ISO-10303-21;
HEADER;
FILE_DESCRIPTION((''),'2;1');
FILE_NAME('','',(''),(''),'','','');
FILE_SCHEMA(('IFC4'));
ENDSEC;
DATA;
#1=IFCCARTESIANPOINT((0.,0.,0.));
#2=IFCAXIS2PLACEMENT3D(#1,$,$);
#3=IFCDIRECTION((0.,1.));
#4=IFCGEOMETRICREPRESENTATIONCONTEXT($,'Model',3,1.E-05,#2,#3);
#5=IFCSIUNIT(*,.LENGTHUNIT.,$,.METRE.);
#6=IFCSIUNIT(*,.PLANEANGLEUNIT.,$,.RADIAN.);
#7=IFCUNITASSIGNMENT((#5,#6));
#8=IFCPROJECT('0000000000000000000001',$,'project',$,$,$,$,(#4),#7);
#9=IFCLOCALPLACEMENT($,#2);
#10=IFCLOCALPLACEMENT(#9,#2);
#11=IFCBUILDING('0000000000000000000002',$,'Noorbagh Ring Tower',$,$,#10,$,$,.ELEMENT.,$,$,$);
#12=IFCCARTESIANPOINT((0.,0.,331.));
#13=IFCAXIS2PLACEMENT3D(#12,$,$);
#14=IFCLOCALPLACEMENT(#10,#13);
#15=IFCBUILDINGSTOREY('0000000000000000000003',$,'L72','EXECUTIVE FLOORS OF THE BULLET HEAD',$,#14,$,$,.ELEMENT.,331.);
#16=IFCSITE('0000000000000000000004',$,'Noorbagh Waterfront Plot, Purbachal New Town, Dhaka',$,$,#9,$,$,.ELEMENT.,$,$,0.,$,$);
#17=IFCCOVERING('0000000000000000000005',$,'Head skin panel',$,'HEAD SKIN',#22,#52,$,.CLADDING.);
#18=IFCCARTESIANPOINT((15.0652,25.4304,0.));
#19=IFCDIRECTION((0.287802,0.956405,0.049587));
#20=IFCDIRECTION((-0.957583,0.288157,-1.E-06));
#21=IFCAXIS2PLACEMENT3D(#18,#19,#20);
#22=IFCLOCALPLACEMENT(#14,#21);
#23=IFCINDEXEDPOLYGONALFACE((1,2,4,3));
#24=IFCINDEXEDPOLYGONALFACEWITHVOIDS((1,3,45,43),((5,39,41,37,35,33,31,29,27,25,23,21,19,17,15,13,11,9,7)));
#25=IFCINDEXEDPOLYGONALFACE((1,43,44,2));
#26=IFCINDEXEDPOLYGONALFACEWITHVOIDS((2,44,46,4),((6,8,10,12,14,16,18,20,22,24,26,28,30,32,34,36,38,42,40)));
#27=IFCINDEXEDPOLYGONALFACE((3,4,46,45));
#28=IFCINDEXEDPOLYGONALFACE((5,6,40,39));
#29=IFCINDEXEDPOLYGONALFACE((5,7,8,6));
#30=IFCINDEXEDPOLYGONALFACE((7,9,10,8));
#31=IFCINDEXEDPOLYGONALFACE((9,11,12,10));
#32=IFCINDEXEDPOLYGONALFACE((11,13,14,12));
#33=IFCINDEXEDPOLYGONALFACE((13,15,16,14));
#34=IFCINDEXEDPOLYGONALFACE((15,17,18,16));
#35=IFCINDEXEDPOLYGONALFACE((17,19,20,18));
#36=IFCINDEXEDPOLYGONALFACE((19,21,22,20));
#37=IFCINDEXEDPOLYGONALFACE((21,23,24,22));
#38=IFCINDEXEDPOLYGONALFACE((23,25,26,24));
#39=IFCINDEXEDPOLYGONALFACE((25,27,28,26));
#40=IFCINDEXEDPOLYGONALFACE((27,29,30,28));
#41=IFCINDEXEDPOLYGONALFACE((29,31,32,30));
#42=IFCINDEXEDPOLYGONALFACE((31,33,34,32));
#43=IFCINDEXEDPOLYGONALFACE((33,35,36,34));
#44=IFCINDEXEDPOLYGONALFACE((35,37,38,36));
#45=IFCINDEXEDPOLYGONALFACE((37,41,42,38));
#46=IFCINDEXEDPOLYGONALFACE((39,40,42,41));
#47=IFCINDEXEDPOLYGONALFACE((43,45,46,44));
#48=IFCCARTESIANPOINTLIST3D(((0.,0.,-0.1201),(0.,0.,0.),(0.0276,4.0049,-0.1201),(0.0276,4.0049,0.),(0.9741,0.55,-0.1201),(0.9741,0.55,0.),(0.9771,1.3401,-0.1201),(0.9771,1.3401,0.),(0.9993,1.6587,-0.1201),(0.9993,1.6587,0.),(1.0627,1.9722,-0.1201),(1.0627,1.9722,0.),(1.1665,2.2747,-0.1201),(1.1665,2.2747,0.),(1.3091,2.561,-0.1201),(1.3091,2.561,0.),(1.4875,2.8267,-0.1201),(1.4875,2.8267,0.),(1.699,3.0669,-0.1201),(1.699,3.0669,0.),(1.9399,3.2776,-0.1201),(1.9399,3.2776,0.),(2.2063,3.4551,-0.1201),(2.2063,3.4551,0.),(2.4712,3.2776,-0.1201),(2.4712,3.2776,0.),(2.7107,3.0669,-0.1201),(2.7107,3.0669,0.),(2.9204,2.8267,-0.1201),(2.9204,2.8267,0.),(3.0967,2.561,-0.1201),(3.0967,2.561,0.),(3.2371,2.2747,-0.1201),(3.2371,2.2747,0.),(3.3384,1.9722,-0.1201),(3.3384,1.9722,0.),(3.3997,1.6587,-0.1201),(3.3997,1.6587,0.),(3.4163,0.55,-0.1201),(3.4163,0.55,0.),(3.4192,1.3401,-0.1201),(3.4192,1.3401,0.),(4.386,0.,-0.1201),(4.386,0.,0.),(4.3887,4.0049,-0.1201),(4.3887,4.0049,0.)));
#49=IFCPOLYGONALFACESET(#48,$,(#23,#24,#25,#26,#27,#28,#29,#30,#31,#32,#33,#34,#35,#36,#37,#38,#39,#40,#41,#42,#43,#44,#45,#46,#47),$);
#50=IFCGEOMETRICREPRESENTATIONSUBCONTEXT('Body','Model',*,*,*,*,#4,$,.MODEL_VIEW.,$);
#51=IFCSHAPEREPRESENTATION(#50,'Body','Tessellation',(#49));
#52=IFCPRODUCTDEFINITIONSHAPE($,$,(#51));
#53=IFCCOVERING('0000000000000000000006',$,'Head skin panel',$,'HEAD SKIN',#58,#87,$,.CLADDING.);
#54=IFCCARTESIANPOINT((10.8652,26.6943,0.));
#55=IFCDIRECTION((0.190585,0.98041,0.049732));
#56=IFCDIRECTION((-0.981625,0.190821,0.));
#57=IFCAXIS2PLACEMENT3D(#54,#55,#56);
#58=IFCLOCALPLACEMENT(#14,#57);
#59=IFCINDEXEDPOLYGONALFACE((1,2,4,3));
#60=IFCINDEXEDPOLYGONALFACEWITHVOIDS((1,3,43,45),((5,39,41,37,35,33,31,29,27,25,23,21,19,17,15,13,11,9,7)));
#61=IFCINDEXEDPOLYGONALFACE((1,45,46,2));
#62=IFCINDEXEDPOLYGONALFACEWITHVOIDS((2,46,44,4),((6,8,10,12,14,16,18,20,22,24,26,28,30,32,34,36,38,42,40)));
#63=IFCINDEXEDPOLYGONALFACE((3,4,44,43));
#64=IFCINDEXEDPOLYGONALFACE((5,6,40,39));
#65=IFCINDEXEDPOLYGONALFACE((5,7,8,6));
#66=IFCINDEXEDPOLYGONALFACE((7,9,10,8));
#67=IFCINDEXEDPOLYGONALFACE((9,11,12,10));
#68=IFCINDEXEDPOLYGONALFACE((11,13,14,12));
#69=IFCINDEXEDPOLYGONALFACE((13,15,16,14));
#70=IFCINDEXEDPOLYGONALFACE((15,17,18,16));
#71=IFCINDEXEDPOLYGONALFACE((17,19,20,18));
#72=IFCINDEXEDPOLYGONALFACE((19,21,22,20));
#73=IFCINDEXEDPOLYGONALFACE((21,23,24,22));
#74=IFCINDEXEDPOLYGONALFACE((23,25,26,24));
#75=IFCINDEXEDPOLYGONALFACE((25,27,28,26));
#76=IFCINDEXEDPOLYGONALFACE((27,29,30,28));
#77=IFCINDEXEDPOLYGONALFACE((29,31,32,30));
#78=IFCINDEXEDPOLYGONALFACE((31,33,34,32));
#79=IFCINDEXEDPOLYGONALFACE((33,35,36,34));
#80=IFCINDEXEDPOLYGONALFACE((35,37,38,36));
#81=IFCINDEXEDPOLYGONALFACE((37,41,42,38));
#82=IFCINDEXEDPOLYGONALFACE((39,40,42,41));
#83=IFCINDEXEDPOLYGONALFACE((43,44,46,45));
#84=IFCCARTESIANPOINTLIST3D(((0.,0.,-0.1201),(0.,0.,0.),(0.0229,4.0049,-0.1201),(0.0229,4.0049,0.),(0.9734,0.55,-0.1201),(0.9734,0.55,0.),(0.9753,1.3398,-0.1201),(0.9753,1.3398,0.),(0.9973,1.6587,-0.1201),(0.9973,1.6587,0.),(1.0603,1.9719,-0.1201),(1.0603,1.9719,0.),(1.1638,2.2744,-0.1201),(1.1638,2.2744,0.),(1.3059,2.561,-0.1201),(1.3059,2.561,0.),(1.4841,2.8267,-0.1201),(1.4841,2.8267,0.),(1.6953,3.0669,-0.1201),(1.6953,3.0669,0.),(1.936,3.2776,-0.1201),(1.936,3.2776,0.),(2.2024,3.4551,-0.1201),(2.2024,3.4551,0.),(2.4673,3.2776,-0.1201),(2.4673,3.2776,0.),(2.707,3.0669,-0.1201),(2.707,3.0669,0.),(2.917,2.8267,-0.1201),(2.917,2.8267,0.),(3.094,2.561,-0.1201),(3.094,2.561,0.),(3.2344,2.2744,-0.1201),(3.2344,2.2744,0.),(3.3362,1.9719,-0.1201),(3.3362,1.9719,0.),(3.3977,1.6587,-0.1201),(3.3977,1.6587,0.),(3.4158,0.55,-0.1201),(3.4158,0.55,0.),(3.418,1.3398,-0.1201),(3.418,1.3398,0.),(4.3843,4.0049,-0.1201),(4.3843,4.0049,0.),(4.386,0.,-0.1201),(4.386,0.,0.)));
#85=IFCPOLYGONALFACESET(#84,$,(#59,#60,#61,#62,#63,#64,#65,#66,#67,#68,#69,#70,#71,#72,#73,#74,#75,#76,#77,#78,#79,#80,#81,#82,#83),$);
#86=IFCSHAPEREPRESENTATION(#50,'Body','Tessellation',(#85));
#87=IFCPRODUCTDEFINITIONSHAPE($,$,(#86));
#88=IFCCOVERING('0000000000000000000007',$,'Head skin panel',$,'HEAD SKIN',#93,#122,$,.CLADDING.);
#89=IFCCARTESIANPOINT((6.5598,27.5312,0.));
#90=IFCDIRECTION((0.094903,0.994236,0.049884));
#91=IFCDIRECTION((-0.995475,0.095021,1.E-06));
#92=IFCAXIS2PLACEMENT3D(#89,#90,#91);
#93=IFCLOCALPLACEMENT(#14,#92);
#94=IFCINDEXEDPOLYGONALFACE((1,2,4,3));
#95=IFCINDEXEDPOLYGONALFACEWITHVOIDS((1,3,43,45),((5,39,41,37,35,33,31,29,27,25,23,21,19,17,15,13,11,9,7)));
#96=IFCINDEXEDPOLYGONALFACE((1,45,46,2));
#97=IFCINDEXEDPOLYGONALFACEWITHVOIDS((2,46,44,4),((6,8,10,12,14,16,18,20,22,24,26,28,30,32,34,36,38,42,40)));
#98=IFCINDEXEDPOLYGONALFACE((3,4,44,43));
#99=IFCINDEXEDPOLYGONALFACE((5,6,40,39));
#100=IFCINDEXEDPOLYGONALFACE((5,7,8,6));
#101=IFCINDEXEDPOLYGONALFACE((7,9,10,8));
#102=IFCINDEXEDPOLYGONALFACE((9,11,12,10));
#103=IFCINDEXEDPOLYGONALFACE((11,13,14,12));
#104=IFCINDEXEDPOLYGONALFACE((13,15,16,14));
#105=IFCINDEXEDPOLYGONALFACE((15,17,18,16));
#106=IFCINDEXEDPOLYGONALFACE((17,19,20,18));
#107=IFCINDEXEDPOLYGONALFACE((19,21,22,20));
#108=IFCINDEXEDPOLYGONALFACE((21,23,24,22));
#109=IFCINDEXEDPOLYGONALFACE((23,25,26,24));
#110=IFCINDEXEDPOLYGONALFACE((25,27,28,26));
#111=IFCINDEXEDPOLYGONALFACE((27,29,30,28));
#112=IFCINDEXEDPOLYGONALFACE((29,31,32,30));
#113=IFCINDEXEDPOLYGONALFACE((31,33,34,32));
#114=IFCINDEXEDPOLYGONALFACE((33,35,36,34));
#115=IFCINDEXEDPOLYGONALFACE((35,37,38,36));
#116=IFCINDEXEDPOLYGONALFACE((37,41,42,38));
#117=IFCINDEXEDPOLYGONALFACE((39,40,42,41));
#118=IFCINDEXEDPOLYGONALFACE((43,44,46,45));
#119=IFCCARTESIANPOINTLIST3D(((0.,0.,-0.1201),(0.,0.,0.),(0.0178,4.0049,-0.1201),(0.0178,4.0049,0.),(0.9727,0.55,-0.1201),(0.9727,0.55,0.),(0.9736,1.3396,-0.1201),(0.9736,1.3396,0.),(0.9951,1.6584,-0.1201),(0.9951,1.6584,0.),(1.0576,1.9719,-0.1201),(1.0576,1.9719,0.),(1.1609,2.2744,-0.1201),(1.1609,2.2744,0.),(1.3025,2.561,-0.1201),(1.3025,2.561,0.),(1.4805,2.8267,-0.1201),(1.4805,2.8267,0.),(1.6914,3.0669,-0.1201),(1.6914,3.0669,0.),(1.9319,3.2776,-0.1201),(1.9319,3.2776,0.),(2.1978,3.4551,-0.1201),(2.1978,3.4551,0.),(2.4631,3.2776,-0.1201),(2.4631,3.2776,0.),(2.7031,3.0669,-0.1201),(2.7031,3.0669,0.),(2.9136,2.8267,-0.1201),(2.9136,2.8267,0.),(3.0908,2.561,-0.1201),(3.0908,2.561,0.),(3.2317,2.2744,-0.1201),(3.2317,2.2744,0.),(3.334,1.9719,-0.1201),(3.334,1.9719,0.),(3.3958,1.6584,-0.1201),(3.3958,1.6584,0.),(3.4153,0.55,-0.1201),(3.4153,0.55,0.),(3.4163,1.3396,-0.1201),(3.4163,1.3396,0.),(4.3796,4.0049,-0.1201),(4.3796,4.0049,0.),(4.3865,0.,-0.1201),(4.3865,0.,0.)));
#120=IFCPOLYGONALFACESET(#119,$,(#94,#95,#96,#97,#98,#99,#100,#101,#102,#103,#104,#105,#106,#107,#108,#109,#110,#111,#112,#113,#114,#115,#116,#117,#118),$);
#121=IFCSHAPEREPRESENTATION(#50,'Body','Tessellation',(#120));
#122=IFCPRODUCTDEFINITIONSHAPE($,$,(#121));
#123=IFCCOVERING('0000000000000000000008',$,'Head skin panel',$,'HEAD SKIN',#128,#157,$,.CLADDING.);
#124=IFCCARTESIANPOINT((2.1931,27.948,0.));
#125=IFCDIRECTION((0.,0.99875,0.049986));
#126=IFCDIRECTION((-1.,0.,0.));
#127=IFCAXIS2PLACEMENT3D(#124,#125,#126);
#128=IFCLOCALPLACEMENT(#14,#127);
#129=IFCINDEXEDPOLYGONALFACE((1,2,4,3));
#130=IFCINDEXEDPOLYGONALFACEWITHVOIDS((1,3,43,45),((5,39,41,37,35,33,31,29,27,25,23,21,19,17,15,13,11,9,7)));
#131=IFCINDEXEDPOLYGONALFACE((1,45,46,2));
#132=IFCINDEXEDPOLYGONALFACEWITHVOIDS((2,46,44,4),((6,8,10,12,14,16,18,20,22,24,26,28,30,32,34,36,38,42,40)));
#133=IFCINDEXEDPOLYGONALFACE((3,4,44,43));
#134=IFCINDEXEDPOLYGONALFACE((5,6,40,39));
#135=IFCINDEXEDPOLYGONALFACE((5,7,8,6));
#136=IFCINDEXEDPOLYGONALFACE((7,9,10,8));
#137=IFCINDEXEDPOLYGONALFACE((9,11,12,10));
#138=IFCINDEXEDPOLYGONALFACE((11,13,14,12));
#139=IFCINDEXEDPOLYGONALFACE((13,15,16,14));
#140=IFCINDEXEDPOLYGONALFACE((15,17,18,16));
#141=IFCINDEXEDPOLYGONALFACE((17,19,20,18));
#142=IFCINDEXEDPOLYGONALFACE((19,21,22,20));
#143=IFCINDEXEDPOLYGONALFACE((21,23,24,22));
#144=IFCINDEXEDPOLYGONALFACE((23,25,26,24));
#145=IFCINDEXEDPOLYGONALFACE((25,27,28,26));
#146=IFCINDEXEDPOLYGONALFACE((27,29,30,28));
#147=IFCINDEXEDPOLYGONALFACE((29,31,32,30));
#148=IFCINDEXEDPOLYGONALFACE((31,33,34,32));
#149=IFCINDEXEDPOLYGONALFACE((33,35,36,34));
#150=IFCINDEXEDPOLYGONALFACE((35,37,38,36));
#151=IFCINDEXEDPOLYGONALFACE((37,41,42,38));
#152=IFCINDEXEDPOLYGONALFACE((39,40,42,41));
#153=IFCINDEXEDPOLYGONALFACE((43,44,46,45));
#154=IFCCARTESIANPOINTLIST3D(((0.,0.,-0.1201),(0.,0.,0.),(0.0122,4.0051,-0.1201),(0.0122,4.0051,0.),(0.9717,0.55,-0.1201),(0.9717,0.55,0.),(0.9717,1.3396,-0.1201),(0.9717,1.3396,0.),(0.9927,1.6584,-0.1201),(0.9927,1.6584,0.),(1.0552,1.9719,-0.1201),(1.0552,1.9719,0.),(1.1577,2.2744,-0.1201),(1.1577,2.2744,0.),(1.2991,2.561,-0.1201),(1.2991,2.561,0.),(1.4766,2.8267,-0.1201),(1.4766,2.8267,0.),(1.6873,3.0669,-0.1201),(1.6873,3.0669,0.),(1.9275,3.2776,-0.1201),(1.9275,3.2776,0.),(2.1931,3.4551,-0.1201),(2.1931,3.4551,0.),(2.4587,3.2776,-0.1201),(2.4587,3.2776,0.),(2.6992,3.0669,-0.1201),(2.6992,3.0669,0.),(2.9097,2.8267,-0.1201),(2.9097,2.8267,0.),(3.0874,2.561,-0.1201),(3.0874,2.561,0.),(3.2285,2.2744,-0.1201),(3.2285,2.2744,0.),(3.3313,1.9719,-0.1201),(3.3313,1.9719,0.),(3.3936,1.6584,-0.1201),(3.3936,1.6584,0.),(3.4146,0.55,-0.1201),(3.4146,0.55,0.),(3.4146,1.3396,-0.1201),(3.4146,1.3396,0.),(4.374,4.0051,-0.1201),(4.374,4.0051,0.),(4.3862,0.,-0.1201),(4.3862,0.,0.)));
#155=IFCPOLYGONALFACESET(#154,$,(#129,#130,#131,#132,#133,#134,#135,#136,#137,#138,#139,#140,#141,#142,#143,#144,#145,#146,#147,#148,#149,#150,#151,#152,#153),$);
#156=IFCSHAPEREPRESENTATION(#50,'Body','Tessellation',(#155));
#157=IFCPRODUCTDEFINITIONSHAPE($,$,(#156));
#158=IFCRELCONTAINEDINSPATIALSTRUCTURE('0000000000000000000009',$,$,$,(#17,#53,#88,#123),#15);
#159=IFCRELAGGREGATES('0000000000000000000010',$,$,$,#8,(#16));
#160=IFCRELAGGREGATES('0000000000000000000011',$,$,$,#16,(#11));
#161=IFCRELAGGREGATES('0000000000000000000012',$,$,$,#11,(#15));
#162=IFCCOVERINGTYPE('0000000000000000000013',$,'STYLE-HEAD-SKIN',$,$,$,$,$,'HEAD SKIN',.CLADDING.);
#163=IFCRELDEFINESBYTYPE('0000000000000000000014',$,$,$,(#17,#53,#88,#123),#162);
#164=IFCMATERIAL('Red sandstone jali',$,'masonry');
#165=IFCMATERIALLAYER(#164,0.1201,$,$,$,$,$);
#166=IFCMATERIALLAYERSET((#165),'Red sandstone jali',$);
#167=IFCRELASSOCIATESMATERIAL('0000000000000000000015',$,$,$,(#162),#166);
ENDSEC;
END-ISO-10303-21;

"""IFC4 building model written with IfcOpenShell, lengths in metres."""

from ifc_helpers import new_model, si_unit, direction, frame, origin, place, context, subcontext, project, spatial, polyline, outline, extrude, material, layer, layer_set, type_object, element, save


model = new_model("IFC4")

# Units and contexts
model_context = context("Model", 3, precision=1e-05, world=origin(), true_north=direction((0.0, 1.0)))
body_context = subcontext(model_context, "Body", "Model", "MODEL_VIEW")
ifc_project = project(units=[si_unit("LENGTHUNIT", "METRE"), si_unit("PLANEANGLEUNIT", "RADIAN")], contexts=[model_context])

# Site, building, storey
site_placement = place(None, origin())
site = spatial("IfcSite", under=ifc_project, at=site_placement, Name="Noorbagh Waterfront Plot, Purbachal New Town, Dhaka", CompositionType="ELEMENT", RefElevation=0.0)
building_placement = place(site_placement, origin())
building = spatial("IfcBuilding", under=site, at=building_placement, Name="Noorbagh Ring Tower", CompositionType="ELEMENT")
storey_placement = place(building_placement, frame((0.0, 0.0, 331.0)))
storey = spatial("IfcBuildingStorey", under=building, at=storey_placement, Name="L72", Description="EXECUTIVE FLOORS OF THE BULLET HEAD", CompositionType="ELEMENT", Elevation=331.0)

# Coverings
ifc_material_1 = material(Name="Red sandstone jali", Category="masonry")
ifc_layer_1 = layer(ifc_material_1, 0.1201)
ifc_layer_set_1 = layer_set([ifc_layer_1], Name="Red sandstone jali")
covering_type_1 = type_object("IfcCoveringType", Name="STYLE-HEAD-SKIN", ElementType="HEAD SKIN", PredefinedType="CLADDING", material=ifc_layer_set_1)
covering_1_placement = place(storey_placement, frame((15.0652, 25.4304, 0.0), z_axis=(0.287802, 0.956405, 0.049587), x_axis=(-0.957583, 0.288157, -0.000001)))
element("IfcCovering", 1, at=covering_1_placement, inside=storey, type_object=covering_type_1, Name="Head skin panel", ObjectType="HEAD SKIN", PredefinedType="CLADDING", context=body_context, shape_type="SweptSolid", body=[
    extrude(outline(polyline([(0.0, 0.0), (4.386, 0.0), (4.3887, 4.0049), (0.0276, 4.0049), (0.0, 0.0)]), holes=[polyline([(0.9741, 0.55), (0.9771, 1.3401), (0.9993, 1.6587), (1.0627, 1.9722), (1.1665, 2.2747), (1.3091, 2.561), (1.4875, 2.8267), (1.699, 3.0669), (1.9399, 3.2776), (2.2063, 3.4551), (2.4712, 3.2776), (2.7107, 3.0669), (2.9204, 2.8267), (3.0967, 2.561), (3.2371, 2.2747), (3.3384, 1.9722), (3.3997, 1.6587), (3.4192, 1.3401), (3.4163, 0.55), (0.9741, 0.55)])]), origin(), (0.0, 0.0, -1.0), 0.1201),
])
covering_2_placement = place(storey_placement, frame((10.8652, 26.6943, 0.0), z_axis=(0.190585, 0.98041, 0.049732), x_axis=(-0.981625, 0.190821, 0.0)))
element("IfcCovering", 2, at=covering_2_placement, inside=storey, type_object=covering_type_1, Name="Head skin panel", ObjectType="HEAD SKIN", PredefinedType="CLADDING", context=body_context, shape_type="SweptSolid", body=[
    extrude(outline(polyline([(0.0, 0.0), (4.386, 0.0), (4.3843, 4.0049), (0.0229, 4.0049), (0.0, 0.0)]), holes=[polyline([(0.9734, 0.55), (0.9753, 1.3398), (0.9973, 1.6587), (1.0603, 1.9719), (1.1638, 2.2744), (1.3059, 2.561), (1.4841, 2.8267), (1.6953, 3.0669), (1.936, 3.2776), (2.2024, 3.4551), (2.4673, 3.2776), (2.707, 3.0669), (2.917, 2.8267), (3.094, 2.561), (3.2344, 2.2744), (3.3362, 1.9719), (3.3977, 1.6587), (3.418, 1.3398), (3.4158, 0.55), (0.9734, 0.55)])]), origin(), (0.0, 0.0, -1.0), 0.1201),
])
covering_3_placement = place(storey_placement, frame((6.5598, 27.5312, 0.0), z_axis=(0.094903, 0.994236, 0.049884), x_axis=(-0.995475, 0.095021, 0.000001)))
element("IfcCovering", 3, at=covering_3_placement, inside=storey, type_object=covering_type_1, Name="Head skin panel", ObjectType="HEAD SKIN", PredefinedType="CLADDING", context=body_context, shape_type="SweptSolid", body=[
    extrude(outline(polyline([(0.0, 0.0), (4.3865, 0.0), (4.3796, 4.0049), (0.0178, 4.0049), (0.0, 0.0)]), holes=[polyline([(0.9727, 0.55), (0.9736, 1.3396), (0.9951, 1.6584), (1.0576, 1.9719), (1.1609, 2.2744), (1.3025, 2.561), (1.4805, 2.8267), (1.6914, 3.0669), (1.9319, 3.2776), (2.1978, 3.4551), (2.4631, 3.2776), (2.7031, 3.0669), (2.9136, 2.8267), (3.0908, 2.561), (3.2317, 2.2744), (3.334, 1.9719), (3.3958, 1.6584), (3.4163, 1.3396), (3.4153, 0.55), (0.9727, 0.55)])]), origin(), (0.0, 0.0, -1.0), 0.1201),
])
covering_4_placement = place(storey_placement, frame((2.1931, 27.948, 0.0), z_axis=(0.0, 0.99875, 0.049986), x_axis=(-1.0, 0.0, 0.0)))
element("IfcCovering", 4, at=covering_4_placement, inside=storey, type_object=covering_type_1, Name="Head skin panel", ObjectType="HEAD SKIN", PredefinedType="CLADDING", context=body_context, shape_type="SweptSolid", body=[
    extrude(outline(polyline([(0.0, 0.0), (4.3862, 0.0), (4.374, 4.0051), (0.0122, 4.0051), (0.0, 0.0)]), holes=[polyline([(0.9717, 0.55), (0.9717, 1.3396), (0.9927, 1.6584), (1.0552, 1.9719), (1.1577, 2.2744), (1.2991, 2.561), (1.4766, 2.8267), (1.6873, 3.0669), (1.9275, 3.2776), (2.1931, 3.4551), (2.4587, 3.2776), (2.6992, 3.0669), (2.9097, 2.8267), (3.0874, 2.561), (3.2285, 2.2744), (3.3313, 1.9719), (3.3936, 1.6584), (3.4146, 1.3396), (3.4146, 0.55), (0.9717, 0.55)])]), origin(), (0.0, 0.0, -1.0), 0.1201),
])

save(model, "model.ifc")
